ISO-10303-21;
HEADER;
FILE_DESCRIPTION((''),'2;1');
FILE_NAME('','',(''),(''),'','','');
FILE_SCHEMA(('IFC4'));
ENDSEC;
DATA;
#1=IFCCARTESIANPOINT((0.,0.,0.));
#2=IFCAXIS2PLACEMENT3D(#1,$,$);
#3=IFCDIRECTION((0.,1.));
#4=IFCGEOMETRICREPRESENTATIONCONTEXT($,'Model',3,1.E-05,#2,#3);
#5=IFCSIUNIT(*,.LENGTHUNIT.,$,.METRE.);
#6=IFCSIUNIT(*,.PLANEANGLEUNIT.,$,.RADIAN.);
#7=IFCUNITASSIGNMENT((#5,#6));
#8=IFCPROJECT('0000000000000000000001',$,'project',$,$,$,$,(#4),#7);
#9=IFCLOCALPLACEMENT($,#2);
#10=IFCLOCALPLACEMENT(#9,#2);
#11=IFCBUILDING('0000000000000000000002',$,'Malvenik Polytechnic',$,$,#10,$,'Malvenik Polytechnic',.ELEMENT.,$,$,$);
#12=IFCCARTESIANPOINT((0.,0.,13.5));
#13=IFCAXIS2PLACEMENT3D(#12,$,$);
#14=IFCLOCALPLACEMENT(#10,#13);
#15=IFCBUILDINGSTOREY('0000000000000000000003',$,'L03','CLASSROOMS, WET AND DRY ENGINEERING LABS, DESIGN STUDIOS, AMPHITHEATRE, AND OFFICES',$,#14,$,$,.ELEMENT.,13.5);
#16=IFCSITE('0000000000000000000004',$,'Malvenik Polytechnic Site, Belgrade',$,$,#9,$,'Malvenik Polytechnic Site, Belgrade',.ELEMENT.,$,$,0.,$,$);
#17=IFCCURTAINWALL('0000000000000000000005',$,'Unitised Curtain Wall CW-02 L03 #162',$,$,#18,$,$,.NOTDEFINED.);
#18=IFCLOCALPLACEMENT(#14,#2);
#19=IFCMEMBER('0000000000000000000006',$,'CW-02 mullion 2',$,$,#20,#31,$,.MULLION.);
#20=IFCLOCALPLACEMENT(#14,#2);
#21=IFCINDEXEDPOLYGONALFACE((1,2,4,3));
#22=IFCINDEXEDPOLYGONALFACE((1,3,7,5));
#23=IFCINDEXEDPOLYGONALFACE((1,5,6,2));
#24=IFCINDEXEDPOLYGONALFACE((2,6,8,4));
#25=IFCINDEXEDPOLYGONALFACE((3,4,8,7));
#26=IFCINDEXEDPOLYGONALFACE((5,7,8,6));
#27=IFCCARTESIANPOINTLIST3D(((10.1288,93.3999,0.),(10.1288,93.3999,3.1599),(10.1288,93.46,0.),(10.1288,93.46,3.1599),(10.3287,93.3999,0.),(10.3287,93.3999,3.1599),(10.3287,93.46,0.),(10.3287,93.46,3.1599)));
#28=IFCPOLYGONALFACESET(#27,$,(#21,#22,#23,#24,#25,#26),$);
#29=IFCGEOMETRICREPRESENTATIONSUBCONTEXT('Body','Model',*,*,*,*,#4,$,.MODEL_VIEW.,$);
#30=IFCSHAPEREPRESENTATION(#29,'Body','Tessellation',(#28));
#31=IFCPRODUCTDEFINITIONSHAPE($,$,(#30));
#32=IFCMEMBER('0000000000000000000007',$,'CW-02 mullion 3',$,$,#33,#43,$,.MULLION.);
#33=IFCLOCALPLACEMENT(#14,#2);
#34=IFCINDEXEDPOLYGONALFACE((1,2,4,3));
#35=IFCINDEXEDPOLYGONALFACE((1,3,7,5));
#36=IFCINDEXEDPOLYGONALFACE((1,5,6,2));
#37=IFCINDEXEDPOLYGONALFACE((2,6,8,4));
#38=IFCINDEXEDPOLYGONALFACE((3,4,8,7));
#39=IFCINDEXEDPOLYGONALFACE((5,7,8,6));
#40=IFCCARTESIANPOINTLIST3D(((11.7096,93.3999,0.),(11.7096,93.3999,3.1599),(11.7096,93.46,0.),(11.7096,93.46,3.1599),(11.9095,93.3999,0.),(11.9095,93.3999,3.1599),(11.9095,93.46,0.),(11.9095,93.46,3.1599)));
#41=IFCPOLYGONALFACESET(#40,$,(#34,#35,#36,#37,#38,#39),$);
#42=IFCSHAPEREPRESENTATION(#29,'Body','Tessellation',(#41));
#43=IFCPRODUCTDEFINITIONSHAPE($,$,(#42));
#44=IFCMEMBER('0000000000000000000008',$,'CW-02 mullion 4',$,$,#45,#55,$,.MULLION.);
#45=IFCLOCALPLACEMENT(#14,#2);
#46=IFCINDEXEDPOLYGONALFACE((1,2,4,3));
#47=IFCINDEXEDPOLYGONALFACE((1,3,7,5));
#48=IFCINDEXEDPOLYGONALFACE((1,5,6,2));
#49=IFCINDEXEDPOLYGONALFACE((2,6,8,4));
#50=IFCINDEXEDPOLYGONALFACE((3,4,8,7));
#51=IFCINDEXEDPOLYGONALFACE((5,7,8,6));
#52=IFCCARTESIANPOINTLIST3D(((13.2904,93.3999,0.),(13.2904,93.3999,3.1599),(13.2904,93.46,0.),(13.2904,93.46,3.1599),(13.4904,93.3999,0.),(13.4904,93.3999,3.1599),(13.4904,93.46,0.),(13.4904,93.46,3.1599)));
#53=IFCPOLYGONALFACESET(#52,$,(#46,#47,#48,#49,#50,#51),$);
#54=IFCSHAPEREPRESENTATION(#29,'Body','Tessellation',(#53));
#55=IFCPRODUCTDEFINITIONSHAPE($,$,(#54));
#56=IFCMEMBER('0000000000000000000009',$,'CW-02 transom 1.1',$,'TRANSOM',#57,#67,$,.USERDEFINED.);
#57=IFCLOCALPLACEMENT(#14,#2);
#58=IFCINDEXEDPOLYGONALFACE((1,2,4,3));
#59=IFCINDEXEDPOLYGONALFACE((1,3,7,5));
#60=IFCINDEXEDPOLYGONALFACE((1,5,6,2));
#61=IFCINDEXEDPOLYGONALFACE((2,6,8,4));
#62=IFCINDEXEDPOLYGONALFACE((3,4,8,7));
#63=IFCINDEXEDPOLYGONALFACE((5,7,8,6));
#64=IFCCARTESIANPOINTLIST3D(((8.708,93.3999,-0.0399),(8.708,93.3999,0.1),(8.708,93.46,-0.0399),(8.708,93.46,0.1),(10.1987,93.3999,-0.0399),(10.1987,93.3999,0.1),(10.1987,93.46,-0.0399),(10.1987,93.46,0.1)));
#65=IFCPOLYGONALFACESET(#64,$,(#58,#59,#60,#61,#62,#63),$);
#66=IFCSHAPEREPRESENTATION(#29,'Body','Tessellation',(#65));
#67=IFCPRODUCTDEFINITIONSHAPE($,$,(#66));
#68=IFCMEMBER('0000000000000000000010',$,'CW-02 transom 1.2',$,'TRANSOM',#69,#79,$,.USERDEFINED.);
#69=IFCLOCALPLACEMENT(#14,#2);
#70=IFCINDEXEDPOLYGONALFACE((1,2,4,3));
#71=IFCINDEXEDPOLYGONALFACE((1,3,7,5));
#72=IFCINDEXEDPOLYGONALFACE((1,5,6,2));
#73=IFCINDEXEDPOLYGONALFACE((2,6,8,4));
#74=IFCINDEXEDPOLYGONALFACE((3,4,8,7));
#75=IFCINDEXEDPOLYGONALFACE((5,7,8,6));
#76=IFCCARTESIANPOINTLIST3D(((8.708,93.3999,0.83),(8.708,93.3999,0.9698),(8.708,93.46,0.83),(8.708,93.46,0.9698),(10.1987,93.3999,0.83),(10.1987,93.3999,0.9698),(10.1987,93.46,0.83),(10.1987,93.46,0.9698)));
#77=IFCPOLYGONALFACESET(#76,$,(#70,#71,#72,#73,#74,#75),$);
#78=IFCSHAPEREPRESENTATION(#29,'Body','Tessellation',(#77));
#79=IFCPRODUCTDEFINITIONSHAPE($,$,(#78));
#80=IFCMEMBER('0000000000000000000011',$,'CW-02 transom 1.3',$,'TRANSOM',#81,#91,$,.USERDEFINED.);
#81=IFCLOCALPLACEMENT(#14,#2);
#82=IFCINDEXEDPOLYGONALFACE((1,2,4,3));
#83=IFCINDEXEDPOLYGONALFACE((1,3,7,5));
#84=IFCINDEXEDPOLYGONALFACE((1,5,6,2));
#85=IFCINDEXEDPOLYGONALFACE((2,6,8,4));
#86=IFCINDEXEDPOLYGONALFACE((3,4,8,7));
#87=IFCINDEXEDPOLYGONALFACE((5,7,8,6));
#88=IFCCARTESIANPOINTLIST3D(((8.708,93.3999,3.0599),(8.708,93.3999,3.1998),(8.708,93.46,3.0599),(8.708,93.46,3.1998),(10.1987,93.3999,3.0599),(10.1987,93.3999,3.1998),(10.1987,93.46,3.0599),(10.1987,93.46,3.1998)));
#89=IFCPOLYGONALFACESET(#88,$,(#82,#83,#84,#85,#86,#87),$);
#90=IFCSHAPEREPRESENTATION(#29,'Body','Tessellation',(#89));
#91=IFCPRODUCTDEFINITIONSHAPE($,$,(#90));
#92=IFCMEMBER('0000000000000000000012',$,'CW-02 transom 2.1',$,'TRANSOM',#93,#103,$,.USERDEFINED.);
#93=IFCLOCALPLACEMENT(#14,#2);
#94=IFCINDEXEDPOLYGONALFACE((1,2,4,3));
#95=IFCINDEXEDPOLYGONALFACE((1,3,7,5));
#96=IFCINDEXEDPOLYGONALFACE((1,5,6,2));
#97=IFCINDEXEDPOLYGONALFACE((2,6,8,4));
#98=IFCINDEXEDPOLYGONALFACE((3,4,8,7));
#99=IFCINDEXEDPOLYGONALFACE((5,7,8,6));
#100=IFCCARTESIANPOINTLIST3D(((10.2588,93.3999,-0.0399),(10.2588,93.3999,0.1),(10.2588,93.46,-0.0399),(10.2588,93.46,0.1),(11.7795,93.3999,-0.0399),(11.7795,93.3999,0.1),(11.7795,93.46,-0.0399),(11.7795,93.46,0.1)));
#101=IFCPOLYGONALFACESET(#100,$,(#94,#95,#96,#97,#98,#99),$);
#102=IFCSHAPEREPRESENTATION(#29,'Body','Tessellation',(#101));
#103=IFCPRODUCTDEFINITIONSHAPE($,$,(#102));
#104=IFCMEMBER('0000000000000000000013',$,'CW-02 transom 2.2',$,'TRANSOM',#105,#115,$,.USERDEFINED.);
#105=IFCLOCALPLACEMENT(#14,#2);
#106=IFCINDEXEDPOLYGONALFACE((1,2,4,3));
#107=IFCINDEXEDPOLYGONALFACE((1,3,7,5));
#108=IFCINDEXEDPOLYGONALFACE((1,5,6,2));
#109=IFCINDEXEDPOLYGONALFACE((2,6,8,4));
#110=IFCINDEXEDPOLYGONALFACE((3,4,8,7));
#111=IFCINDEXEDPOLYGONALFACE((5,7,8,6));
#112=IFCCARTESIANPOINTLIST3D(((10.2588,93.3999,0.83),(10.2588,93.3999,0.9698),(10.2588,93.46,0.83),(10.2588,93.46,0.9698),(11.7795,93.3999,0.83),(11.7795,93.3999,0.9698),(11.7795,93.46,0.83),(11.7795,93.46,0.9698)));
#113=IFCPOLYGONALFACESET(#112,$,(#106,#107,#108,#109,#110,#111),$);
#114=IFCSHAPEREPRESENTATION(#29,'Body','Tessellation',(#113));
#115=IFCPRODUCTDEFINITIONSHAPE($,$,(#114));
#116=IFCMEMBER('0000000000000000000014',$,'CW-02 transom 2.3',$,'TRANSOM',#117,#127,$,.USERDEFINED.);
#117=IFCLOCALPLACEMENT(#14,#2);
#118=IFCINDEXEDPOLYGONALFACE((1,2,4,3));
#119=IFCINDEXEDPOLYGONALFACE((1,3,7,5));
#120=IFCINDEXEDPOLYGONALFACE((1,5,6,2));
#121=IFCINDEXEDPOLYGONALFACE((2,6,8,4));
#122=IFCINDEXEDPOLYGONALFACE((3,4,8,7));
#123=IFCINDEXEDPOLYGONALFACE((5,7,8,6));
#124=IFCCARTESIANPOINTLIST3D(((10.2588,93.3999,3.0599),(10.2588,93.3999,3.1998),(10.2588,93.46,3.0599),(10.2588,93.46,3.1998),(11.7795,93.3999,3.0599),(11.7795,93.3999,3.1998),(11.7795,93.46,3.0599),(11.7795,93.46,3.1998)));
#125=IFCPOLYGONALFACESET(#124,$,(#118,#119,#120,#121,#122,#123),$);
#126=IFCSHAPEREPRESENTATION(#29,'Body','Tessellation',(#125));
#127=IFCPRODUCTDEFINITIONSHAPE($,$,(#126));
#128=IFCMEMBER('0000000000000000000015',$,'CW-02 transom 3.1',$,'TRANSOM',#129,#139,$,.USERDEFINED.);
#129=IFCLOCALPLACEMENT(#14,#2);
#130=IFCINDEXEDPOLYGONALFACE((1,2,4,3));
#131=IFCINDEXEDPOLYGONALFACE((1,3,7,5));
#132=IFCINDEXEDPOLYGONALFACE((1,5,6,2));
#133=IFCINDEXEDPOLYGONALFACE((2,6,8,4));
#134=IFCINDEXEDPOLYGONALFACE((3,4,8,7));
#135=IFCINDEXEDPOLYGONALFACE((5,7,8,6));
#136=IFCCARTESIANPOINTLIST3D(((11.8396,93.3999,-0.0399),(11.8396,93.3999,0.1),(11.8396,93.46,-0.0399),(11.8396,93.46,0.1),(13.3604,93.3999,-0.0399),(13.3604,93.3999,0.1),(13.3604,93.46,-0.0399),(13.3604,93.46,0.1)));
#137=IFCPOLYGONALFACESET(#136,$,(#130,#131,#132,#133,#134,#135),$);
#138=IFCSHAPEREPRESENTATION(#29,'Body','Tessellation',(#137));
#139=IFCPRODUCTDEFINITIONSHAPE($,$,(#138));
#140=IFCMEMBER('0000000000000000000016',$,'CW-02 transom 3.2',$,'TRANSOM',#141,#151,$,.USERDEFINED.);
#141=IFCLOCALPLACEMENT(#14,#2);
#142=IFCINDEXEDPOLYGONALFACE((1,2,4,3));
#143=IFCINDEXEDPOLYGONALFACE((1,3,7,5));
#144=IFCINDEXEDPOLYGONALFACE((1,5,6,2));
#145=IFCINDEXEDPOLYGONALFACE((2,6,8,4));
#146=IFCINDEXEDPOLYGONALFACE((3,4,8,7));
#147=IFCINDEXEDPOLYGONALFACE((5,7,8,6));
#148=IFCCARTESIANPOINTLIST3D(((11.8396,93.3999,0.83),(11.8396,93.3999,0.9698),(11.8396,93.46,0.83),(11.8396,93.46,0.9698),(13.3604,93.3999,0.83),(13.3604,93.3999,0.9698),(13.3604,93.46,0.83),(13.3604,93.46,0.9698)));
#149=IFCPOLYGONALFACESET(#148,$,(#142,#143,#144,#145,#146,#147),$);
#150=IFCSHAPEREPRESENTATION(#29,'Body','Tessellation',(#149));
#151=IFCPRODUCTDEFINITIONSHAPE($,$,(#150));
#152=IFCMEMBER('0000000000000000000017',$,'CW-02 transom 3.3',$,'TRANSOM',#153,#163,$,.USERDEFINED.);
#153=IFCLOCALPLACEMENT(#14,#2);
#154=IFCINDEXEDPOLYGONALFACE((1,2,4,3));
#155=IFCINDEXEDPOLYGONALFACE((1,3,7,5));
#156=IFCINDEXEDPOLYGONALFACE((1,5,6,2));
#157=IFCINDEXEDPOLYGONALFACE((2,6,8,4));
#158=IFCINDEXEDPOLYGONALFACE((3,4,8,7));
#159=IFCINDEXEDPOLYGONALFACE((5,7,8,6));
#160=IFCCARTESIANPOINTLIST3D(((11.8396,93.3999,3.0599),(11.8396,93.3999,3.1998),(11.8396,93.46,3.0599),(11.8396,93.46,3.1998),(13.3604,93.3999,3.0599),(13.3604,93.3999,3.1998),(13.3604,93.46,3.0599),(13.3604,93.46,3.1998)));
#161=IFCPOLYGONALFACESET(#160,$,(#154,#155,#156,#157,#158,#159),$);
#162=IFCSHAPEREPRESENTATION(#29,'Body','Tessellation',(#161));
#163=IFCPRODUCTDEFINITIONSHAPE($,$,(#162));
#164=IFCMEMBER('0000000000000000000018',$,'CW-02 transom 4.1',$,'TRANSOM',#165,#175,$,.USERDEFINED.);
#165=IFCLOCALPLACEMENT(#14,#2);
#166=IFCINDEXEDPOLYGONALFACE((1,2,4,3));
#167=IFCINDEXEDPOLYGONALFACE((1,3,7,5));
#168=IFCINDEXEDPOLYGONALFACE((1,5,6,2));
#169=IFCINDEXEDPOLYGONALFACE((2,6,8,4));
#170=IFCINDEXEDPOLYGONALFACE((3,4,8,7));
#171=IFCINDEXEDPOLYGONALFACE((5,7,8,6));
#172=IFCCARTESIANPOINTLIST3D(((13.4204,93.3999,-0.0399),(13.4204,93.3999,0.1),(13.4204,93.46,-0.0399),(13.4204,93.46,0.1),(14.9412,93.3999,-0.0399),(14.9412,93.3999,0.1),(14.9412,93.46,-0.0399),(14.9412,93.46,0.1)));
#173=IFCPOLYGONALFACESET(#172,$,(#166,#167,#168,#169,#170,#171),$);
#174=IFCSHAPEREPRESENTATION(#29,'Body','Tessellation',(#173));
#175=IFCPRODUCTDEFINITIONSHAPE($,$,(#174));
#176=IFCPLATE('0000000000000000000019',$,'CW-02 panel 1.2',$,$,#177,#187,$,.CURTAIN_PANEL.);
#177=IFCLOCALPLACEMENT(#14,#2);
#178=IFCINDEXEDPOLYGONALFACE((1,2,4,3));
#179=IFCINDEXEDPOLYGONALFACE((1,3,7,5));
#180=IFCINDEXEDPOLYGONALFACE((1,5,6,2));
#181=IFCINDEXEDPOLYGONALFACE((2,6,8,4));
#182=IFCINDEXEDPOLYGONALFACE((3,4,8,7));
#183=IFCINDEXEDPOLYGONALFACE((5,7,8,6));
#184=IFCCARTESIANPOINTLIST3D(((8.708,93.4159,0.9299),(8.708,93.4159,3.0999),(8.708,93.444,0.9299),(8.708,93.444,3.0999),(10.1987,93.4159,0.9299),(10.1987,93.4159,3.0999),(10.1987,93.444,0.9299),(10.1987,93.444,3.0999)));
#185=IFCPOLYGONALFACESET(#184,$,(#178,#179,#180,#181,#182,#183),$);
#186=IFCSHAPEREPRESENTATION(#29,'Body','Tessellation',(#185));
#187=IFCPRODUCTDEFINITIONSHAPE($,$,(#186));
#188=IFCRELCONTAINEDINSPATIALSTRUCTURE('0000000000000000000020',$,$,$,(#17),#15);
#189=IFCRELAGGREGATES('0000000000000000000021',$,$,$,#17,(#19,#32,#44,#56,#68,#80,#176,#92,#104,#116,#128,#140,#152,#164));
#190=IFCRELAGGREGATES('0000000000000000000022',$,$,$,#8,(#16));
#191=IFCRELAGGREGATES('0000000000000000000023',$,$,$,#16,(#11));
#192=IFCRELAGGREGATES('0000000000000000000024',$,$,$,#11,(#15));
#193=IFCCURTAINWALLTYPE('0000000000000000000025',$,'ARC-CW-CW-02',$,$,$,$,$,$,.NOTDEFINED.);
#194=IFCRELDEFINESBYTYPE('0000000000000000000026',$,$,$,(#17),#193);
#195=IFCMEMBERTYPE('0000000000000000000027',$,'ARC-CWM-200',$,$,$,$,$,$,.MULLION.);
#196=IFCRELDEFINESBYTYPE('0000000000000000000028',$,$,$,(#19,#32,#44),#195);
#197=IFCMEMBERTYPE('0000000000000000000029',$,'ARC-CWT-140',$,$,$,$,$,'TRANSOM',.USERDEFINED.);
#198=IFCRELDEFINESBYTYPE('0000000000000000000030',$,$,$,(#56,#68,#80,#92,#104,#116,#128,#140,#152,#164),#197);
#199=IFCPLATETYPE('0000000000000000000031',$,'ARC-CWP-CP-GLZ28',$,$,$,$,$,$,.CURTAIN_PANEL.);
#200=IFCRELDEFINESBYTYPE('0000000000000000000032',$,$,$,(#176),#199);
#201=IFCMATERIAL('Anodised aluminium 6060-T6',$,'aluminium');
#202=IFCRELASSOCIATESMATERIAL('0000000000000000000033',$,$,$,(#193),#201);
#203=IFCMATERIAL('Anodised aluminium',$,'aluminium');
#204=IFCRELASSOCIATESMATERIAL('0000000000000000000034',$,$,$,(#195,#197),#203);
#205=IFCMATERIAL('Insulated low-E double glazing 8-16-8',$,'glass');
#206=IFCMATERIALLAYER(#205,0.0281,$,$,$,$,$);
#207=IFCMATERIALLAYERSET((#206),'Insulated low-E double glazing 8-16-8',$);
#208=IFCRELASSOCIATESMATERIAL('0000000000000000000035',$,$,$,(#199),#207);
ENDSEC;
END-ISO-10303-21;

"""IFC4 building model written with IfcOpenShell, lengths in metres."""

from ifc_helpers import new_model, si_unit, direction, frame, origin, origin_2d, place, context, subcontext, project, spatial, rectangle, extrude, material, layer, layer_set, material_profile, profile_set, type_object, element, aggregate, save


model = new_model("IFC4")

# Units and contexts
model_context = context("Model", 3, precision=1e-05, world=origin(), true_north=direction((0.0, 1.0)))
body_context = subcontext(model_context, "Body", "Model", "MODEL_VIEW")
ifc_project = project(units=[si_unit("LENGTHUNIT", "METRE"), si_unit("PLANEANGLEUNIT", "RADIAN")], contexts=[model_context])

# Site, building, storey
site_placement = place(None, origin())
site = spatial("IfcSite", under=ifc_project, at=site_placement, Name="Malvenik Polytechnic Site, Belgrade", LongName="Malvenik Polytechnic Site, Belgrade", CompositionType="ELEMENT", RefElevation=0.0)
building_placement = place(site_placement, origin())
building = spatial("IfcBuilding", under=site, at=building_placement, Name="Malvenik Polytechnic", LongName="Malvenik Polytechnic", CompositionType="ELEMENT")
storey_placement = place(building_placement, frame((0.0, 0.0, 13.5)))
storey = spatial("IfcBuildingStorey", under=building, at=storey_placement, Name="L03", Description="CLASSROOMS, WET AND DRY ENGINEERING LABS, DESIGN STUDIOS, AMPHITHEATRE, AND OFFICES", CompositionType="ELEMENT", Elevation=13.5)

# Curtain wall, members, plate
ifc_material_1 = material(Name="Anodised aluminium 6060-T6", Category="aluminium")
curtain_wall_type = type_object("IfcCurtainWallType", Name="ARC-CW-CW-02", PredefinedType="NOTDEFINED", material=ifc_material_1)
curtain_wall_placement = place(storey_placement, origin())
curtain_wall = element("IfcCurtainWall", 1, at=curtain_wall_placement, inside=storey, type_object=curtain_wall_type, Name="Unitised Curtain Wall CW-02 L03 #162", PredefinedType="NOTDEFINED")
ifc_material_2 = material(Name="Anodised aluminium", Category="aluminium")
ifc_material_profile_1 = material_profile(ifc_material_2, rectangle(XDim=0.0601, YDim=0.2, at=origin_2d()), Name="ALU MULLION 60x200")
ifc_profile_set_1 = profile_set([ifc_material_profile_1], Name="Anodised aluminium")
member_type_1 = type_object("IfcMemberType", Name="ARC-CWM-200", PredefinedType="MULLION", material=ifc_profile_set_1)
member_1_placement = place(storey_placement, frame((10.2288, 93.4299, 0.0), z_axis=(0.0, 0.0, 1.0), x_axis=(0.0, 1.0, 0.0)))
member_1 = element("IfcMember", 2, at=member_1_placement, type_object=member_type_1, Name="CW-02 mullion 2", PredefinedType="MULLION", context=body_context, shape_type="SweptSolid", body=[
    extrude(rectangle(XDim=0.0601, YDim=0.2, at=origin_2d()), origin(), (0.0, 0.0, 1.0), 3.1599),
])
member_2_placement = place(storey_placement, frame((11.8096, 93.4299, 0.0), z_axis=(0.0, 0.0, 1.0), x_axis=(0.0, 1.0, 0.0)))
member_2 = element("IfcMember", 3, at=member_2_placement, type_object=member_type_1, Name="CW-02 mullion 3", PredefinedType="MULLION", context=body_context, shape_type="SweptSolid", body=[
    extrude(rectangle(XDim=0.0601, YDim=0.2, at=origin_2d()), origin(), (0.0, 0.0, 1.0), 3.1599),
])
member_3_placement = place(storey_placement, frame((13.3904, 93.4299, 0.0), z_axis=(0.0, 0.0, 1.0), x_axis=(0.0, 1.0, 0.0)))
member_3 = element("IfcMember", 4, at=member_3_placement, type_object=member_type_1, Name="CW-02 mullion 4", PredefinedType="MULLION", context=body_context, shape_type="SweptSolid", body=[
    extrude(rectangle(XDim=0.0601, YDim=0.2, at=origin_2d()), origin(), (0.0, 0.0, 1.0), 3.1599),
])
ifc_material_profile_2 = material_profile(ifc_material_2, rectangle(XDim=0.0601, YDim=0.1399, at=origin_2d()), Name="ALU TRANSOM 60x140")
ifc_profile_set_2 = profile_set([ifc_material_profile_2], Name="Anodised aluminium")
member_type_2 = type_object("IfcMemberType", Name="ARC-CWT-140", ElementType="TRANSOM", PredefinedType="USERDEFINED", material=ifc_profile_set_2)
member_4_placement = place(storey_placement, frame((8.708, 93.4299, 0.03), z_axis=(1.0, 0.0, 0.0), x_axis=(0.0, 1.0, 0.0)))
member_4 = element("IfcMember", 5, at=member_4_placement, type_object=member_type_2, Name="CW-02 transom 1.1", ObjectType="TRANSOM", PredefinedType="USERDEFINED", context=body_context, shape_type="SweptSolid", body=[
    extrude(rectangle(XDim=0.0601, YDim=0.1399, at=origin_2d()), origin(), (0.0, 0.0, 1.0), 1.4907),
])
member_5_placement = place(storey_placement, frame((8.708, 93.4299, 0.8999), z_axis=(1.0, 0.0, 0.0), x_axis=(0.0, 1.0, 0.0)))
member_5 = element("IfcMember", 6, at=member_5_placement, type_object=member_type_2, Name="CW-02 transom 1.2", ObjectType="TRANSOM", PredefinedType="USERDEFINED", context=body_context, shape_type="SweptSolid", body=[
    extrude(rectangle(XDim=0.0601, YDim=0.1399, at=origin_2d()), origin(), (0.0, 0.0, 1.0), 1.4907),
])
member_6_placement = place(storey_placement, frame((8.708, 93.4299, 3.1299), z_axis=(1.0, 0.0, 0.0), x_axis=(0.0, 1.0, 0.0)))
member_6 = element("IfcMember", 7, at=member_6_placement, type_object=member_type_2, Name="CW-02 transom 1.3", ObjectType="TRANSOM", PredefinedType="USERDEFINED", context=body_context, shape_type="SweptSolid", body=[
    extrude(rectangle(XDim=0.0601, YDim=0.1399, at=origin_2d()), origin(), (0.0, 0.0, 1.0), 1.4907),
])
member_7_placement = place(storey_placement, frame((10.2588, 93.4299, 0.03), z_axis=(1.0, 0.0, 0.0), x_axis=(0.0, 1.0, 0.0)))
member_7 = element("IfcMember", 8, at=member_7_placement, type_object=member_type_2, Name="CW-02 transom 2.1", ObjectType="TRANSOM", PredefinedType="USERDEFINED", context=body_context, shape_type="SweptSolid", body=[
    extrude(rectangle(XDim=0.0601, YDim=0.1399, at=origin_2d()), origin(), (0.0, 0.0, 1.0), 1.5208),
])
member_8_placement = place(storey_placement, frame((10.2588, 93.4299, 0.8999), z_axis=(1.0, 0.0, 0.0), x_axis=(0.0, 1.0, 0.0)))
member_8 = element("IfcMember", 9, at=member_8_placement, type_object=member_type_2, Name="CW-02 transom 2.2", ObjectType="TRANSOM", PredefinedType="USERDEFINED", context=body_context, shape_type="SweptSolid", body=[
    extrude(rectangle(XDim=0.0601, YDim=0.1399, at=origin_2d()), origin(), (0.0, 0.0, 1.0), 1.5208),
])
member_9_placement = place(storey_placement, frame((10.2588, 93.4299, 3.1299), z_axis=(1.0, 0.0, 0.0), x_axis=(0.0, 1.0, 0.0)))
member_9 = element("IfcMember", 10, at=member_9_placement, type_object=member_type_2, Name="CW-02 transom 2.3", ObjectType="TRANSOM", PredefinedType="USERDEFINED", context=body_context, shape_type="SweptSolid", body=[
    extrude(rectangle(XDim=0.0601, YDim=0.1399, at=origin_2d()), origin(), (0.0, 0.0, 1.0), 1.5208),
])
member_10_placement = place(storey_placement, frame((11.8396, 93.4299, 0.03), z_axis=(1.0, 0.0, 0.0), x_axis=(0.0, 1.0, 0.0)))
member_10 = element("IfcMember", 11, at=member_10_placement, type_object=member_type_2, Name="CW-02 transom 3.1", ObjectType="TRANSOM", PredefinedType="USERDEFINED", context=body_context, shape_type="SweptSolid", body=[
    extrude(rectangle(XDim=0.0601, YDim=0.1399, at=origin_2d()), origin(), (0.0, 0.0, 1.0), 1.5208),
])
member_11_placement = place(storey_placement, frame((11.8396, 93.4299, 0.8999), z_axis=(1.0, 0.0, 0.0), x_axis=(0.0, 1.0, 0.0)))
member_11 = element("IfcMember", 12, at=member_11_placement, type_object=member_type_2, Name="CW-02 transom 3.2", ObjectType="TRANSOM", PredefinedType="USERDEFINED", context=body_context, shape_type="SweptSolid", body=[
    extrude(rectangle(XDim=0.0601, YDim=0.1399, at=origin_2d()), origin(), (0.0, 0.0, 1.0), 1.5208),
])
member_12_placement = place(storey_placement, frame((11.8396, 93.4299, 3.1299), z_axis=(1.0, 0.0, 0.0), x_axis=(0.0, 1.0, 0.0)))
member_12 = element("IfcMember", 13, at=member_12_placement, type_object=member_type_2, Name="CW-02 transom 3.3", ObjectType="TRANSOM", PredefinedType="USERDEFINED", context=body_context, shape_type="SweptSolid", body=[
    extrude(rectangle(XDim=0.0601, YDim=0.1399, at=origin_2d()), origin(), (0.0, 0.0, 1.0), 1.5208),
])
member_13_placement = place(storey_placement, frame((13.4204, 93.4299, 0.03), z_axis=(1.0, 0.0, 0.0), x_axis=(0.0, 1.0, 0.0)))
member_13 = element("IfcMember", 14, at=member_13_placement, type_object=member_type_2, Name="CW-02 transom 4.1", ObjectType="TRANSOM", PredefinedType="USERDEFINED", context=body_context, shape_type="SweptSolid", body=[
    extrude(rectangle(XDim=0.0601, YDim=0.1399, at=origin_2d()), origin(), (0.0, 0.0, 1.0), 1.5208),
])
ifc_material_3 = material(Name="Insulated low-E double glazing 8-16-8", Category="glass")
ifc_layer_1 = layer(ifc_material_3, 0.0281)
ifc_layer_set_1 = layer_set([ifc_layer_1], Name="Insulated low-E double glazing 8-16-8")
plate_type_1 = type_object("IfcPlateType", Name="ARC-CWP-CP-GLZ28", PredefinedType="CURTAIN_PANEL", material=ifc_layer_set_1)
plate_1_placement = place(storey_placement, frame((9.4534, 93.4299, 0.9299), z_axis=(0.0, 0.0, 1.0), x_axis=(1.0, 0.0, 0.0)))
plate_1 = element("IfcPlate", 15, at=plate_1_placement, type_object=plate_type_1, Name="CW-02 panel 1.2", PredefinedType="CURTAIN_PANEL", context=body_context, shape_type="SweptSolid", body=[
    extrude(rectangle(XDim=1.4907, YDim=0.0281, at=origin_2d()), origin(), (0.0, 0.0, 1.0), 2.1699),
])
aggregate(curtain_wall, [member_1, member_2, member_3, member_4, member_5, member_6, plate_1, member_7, member_8, member_9, member_10, member_11, member_12, member_13])

save(model, "model.ifc")
